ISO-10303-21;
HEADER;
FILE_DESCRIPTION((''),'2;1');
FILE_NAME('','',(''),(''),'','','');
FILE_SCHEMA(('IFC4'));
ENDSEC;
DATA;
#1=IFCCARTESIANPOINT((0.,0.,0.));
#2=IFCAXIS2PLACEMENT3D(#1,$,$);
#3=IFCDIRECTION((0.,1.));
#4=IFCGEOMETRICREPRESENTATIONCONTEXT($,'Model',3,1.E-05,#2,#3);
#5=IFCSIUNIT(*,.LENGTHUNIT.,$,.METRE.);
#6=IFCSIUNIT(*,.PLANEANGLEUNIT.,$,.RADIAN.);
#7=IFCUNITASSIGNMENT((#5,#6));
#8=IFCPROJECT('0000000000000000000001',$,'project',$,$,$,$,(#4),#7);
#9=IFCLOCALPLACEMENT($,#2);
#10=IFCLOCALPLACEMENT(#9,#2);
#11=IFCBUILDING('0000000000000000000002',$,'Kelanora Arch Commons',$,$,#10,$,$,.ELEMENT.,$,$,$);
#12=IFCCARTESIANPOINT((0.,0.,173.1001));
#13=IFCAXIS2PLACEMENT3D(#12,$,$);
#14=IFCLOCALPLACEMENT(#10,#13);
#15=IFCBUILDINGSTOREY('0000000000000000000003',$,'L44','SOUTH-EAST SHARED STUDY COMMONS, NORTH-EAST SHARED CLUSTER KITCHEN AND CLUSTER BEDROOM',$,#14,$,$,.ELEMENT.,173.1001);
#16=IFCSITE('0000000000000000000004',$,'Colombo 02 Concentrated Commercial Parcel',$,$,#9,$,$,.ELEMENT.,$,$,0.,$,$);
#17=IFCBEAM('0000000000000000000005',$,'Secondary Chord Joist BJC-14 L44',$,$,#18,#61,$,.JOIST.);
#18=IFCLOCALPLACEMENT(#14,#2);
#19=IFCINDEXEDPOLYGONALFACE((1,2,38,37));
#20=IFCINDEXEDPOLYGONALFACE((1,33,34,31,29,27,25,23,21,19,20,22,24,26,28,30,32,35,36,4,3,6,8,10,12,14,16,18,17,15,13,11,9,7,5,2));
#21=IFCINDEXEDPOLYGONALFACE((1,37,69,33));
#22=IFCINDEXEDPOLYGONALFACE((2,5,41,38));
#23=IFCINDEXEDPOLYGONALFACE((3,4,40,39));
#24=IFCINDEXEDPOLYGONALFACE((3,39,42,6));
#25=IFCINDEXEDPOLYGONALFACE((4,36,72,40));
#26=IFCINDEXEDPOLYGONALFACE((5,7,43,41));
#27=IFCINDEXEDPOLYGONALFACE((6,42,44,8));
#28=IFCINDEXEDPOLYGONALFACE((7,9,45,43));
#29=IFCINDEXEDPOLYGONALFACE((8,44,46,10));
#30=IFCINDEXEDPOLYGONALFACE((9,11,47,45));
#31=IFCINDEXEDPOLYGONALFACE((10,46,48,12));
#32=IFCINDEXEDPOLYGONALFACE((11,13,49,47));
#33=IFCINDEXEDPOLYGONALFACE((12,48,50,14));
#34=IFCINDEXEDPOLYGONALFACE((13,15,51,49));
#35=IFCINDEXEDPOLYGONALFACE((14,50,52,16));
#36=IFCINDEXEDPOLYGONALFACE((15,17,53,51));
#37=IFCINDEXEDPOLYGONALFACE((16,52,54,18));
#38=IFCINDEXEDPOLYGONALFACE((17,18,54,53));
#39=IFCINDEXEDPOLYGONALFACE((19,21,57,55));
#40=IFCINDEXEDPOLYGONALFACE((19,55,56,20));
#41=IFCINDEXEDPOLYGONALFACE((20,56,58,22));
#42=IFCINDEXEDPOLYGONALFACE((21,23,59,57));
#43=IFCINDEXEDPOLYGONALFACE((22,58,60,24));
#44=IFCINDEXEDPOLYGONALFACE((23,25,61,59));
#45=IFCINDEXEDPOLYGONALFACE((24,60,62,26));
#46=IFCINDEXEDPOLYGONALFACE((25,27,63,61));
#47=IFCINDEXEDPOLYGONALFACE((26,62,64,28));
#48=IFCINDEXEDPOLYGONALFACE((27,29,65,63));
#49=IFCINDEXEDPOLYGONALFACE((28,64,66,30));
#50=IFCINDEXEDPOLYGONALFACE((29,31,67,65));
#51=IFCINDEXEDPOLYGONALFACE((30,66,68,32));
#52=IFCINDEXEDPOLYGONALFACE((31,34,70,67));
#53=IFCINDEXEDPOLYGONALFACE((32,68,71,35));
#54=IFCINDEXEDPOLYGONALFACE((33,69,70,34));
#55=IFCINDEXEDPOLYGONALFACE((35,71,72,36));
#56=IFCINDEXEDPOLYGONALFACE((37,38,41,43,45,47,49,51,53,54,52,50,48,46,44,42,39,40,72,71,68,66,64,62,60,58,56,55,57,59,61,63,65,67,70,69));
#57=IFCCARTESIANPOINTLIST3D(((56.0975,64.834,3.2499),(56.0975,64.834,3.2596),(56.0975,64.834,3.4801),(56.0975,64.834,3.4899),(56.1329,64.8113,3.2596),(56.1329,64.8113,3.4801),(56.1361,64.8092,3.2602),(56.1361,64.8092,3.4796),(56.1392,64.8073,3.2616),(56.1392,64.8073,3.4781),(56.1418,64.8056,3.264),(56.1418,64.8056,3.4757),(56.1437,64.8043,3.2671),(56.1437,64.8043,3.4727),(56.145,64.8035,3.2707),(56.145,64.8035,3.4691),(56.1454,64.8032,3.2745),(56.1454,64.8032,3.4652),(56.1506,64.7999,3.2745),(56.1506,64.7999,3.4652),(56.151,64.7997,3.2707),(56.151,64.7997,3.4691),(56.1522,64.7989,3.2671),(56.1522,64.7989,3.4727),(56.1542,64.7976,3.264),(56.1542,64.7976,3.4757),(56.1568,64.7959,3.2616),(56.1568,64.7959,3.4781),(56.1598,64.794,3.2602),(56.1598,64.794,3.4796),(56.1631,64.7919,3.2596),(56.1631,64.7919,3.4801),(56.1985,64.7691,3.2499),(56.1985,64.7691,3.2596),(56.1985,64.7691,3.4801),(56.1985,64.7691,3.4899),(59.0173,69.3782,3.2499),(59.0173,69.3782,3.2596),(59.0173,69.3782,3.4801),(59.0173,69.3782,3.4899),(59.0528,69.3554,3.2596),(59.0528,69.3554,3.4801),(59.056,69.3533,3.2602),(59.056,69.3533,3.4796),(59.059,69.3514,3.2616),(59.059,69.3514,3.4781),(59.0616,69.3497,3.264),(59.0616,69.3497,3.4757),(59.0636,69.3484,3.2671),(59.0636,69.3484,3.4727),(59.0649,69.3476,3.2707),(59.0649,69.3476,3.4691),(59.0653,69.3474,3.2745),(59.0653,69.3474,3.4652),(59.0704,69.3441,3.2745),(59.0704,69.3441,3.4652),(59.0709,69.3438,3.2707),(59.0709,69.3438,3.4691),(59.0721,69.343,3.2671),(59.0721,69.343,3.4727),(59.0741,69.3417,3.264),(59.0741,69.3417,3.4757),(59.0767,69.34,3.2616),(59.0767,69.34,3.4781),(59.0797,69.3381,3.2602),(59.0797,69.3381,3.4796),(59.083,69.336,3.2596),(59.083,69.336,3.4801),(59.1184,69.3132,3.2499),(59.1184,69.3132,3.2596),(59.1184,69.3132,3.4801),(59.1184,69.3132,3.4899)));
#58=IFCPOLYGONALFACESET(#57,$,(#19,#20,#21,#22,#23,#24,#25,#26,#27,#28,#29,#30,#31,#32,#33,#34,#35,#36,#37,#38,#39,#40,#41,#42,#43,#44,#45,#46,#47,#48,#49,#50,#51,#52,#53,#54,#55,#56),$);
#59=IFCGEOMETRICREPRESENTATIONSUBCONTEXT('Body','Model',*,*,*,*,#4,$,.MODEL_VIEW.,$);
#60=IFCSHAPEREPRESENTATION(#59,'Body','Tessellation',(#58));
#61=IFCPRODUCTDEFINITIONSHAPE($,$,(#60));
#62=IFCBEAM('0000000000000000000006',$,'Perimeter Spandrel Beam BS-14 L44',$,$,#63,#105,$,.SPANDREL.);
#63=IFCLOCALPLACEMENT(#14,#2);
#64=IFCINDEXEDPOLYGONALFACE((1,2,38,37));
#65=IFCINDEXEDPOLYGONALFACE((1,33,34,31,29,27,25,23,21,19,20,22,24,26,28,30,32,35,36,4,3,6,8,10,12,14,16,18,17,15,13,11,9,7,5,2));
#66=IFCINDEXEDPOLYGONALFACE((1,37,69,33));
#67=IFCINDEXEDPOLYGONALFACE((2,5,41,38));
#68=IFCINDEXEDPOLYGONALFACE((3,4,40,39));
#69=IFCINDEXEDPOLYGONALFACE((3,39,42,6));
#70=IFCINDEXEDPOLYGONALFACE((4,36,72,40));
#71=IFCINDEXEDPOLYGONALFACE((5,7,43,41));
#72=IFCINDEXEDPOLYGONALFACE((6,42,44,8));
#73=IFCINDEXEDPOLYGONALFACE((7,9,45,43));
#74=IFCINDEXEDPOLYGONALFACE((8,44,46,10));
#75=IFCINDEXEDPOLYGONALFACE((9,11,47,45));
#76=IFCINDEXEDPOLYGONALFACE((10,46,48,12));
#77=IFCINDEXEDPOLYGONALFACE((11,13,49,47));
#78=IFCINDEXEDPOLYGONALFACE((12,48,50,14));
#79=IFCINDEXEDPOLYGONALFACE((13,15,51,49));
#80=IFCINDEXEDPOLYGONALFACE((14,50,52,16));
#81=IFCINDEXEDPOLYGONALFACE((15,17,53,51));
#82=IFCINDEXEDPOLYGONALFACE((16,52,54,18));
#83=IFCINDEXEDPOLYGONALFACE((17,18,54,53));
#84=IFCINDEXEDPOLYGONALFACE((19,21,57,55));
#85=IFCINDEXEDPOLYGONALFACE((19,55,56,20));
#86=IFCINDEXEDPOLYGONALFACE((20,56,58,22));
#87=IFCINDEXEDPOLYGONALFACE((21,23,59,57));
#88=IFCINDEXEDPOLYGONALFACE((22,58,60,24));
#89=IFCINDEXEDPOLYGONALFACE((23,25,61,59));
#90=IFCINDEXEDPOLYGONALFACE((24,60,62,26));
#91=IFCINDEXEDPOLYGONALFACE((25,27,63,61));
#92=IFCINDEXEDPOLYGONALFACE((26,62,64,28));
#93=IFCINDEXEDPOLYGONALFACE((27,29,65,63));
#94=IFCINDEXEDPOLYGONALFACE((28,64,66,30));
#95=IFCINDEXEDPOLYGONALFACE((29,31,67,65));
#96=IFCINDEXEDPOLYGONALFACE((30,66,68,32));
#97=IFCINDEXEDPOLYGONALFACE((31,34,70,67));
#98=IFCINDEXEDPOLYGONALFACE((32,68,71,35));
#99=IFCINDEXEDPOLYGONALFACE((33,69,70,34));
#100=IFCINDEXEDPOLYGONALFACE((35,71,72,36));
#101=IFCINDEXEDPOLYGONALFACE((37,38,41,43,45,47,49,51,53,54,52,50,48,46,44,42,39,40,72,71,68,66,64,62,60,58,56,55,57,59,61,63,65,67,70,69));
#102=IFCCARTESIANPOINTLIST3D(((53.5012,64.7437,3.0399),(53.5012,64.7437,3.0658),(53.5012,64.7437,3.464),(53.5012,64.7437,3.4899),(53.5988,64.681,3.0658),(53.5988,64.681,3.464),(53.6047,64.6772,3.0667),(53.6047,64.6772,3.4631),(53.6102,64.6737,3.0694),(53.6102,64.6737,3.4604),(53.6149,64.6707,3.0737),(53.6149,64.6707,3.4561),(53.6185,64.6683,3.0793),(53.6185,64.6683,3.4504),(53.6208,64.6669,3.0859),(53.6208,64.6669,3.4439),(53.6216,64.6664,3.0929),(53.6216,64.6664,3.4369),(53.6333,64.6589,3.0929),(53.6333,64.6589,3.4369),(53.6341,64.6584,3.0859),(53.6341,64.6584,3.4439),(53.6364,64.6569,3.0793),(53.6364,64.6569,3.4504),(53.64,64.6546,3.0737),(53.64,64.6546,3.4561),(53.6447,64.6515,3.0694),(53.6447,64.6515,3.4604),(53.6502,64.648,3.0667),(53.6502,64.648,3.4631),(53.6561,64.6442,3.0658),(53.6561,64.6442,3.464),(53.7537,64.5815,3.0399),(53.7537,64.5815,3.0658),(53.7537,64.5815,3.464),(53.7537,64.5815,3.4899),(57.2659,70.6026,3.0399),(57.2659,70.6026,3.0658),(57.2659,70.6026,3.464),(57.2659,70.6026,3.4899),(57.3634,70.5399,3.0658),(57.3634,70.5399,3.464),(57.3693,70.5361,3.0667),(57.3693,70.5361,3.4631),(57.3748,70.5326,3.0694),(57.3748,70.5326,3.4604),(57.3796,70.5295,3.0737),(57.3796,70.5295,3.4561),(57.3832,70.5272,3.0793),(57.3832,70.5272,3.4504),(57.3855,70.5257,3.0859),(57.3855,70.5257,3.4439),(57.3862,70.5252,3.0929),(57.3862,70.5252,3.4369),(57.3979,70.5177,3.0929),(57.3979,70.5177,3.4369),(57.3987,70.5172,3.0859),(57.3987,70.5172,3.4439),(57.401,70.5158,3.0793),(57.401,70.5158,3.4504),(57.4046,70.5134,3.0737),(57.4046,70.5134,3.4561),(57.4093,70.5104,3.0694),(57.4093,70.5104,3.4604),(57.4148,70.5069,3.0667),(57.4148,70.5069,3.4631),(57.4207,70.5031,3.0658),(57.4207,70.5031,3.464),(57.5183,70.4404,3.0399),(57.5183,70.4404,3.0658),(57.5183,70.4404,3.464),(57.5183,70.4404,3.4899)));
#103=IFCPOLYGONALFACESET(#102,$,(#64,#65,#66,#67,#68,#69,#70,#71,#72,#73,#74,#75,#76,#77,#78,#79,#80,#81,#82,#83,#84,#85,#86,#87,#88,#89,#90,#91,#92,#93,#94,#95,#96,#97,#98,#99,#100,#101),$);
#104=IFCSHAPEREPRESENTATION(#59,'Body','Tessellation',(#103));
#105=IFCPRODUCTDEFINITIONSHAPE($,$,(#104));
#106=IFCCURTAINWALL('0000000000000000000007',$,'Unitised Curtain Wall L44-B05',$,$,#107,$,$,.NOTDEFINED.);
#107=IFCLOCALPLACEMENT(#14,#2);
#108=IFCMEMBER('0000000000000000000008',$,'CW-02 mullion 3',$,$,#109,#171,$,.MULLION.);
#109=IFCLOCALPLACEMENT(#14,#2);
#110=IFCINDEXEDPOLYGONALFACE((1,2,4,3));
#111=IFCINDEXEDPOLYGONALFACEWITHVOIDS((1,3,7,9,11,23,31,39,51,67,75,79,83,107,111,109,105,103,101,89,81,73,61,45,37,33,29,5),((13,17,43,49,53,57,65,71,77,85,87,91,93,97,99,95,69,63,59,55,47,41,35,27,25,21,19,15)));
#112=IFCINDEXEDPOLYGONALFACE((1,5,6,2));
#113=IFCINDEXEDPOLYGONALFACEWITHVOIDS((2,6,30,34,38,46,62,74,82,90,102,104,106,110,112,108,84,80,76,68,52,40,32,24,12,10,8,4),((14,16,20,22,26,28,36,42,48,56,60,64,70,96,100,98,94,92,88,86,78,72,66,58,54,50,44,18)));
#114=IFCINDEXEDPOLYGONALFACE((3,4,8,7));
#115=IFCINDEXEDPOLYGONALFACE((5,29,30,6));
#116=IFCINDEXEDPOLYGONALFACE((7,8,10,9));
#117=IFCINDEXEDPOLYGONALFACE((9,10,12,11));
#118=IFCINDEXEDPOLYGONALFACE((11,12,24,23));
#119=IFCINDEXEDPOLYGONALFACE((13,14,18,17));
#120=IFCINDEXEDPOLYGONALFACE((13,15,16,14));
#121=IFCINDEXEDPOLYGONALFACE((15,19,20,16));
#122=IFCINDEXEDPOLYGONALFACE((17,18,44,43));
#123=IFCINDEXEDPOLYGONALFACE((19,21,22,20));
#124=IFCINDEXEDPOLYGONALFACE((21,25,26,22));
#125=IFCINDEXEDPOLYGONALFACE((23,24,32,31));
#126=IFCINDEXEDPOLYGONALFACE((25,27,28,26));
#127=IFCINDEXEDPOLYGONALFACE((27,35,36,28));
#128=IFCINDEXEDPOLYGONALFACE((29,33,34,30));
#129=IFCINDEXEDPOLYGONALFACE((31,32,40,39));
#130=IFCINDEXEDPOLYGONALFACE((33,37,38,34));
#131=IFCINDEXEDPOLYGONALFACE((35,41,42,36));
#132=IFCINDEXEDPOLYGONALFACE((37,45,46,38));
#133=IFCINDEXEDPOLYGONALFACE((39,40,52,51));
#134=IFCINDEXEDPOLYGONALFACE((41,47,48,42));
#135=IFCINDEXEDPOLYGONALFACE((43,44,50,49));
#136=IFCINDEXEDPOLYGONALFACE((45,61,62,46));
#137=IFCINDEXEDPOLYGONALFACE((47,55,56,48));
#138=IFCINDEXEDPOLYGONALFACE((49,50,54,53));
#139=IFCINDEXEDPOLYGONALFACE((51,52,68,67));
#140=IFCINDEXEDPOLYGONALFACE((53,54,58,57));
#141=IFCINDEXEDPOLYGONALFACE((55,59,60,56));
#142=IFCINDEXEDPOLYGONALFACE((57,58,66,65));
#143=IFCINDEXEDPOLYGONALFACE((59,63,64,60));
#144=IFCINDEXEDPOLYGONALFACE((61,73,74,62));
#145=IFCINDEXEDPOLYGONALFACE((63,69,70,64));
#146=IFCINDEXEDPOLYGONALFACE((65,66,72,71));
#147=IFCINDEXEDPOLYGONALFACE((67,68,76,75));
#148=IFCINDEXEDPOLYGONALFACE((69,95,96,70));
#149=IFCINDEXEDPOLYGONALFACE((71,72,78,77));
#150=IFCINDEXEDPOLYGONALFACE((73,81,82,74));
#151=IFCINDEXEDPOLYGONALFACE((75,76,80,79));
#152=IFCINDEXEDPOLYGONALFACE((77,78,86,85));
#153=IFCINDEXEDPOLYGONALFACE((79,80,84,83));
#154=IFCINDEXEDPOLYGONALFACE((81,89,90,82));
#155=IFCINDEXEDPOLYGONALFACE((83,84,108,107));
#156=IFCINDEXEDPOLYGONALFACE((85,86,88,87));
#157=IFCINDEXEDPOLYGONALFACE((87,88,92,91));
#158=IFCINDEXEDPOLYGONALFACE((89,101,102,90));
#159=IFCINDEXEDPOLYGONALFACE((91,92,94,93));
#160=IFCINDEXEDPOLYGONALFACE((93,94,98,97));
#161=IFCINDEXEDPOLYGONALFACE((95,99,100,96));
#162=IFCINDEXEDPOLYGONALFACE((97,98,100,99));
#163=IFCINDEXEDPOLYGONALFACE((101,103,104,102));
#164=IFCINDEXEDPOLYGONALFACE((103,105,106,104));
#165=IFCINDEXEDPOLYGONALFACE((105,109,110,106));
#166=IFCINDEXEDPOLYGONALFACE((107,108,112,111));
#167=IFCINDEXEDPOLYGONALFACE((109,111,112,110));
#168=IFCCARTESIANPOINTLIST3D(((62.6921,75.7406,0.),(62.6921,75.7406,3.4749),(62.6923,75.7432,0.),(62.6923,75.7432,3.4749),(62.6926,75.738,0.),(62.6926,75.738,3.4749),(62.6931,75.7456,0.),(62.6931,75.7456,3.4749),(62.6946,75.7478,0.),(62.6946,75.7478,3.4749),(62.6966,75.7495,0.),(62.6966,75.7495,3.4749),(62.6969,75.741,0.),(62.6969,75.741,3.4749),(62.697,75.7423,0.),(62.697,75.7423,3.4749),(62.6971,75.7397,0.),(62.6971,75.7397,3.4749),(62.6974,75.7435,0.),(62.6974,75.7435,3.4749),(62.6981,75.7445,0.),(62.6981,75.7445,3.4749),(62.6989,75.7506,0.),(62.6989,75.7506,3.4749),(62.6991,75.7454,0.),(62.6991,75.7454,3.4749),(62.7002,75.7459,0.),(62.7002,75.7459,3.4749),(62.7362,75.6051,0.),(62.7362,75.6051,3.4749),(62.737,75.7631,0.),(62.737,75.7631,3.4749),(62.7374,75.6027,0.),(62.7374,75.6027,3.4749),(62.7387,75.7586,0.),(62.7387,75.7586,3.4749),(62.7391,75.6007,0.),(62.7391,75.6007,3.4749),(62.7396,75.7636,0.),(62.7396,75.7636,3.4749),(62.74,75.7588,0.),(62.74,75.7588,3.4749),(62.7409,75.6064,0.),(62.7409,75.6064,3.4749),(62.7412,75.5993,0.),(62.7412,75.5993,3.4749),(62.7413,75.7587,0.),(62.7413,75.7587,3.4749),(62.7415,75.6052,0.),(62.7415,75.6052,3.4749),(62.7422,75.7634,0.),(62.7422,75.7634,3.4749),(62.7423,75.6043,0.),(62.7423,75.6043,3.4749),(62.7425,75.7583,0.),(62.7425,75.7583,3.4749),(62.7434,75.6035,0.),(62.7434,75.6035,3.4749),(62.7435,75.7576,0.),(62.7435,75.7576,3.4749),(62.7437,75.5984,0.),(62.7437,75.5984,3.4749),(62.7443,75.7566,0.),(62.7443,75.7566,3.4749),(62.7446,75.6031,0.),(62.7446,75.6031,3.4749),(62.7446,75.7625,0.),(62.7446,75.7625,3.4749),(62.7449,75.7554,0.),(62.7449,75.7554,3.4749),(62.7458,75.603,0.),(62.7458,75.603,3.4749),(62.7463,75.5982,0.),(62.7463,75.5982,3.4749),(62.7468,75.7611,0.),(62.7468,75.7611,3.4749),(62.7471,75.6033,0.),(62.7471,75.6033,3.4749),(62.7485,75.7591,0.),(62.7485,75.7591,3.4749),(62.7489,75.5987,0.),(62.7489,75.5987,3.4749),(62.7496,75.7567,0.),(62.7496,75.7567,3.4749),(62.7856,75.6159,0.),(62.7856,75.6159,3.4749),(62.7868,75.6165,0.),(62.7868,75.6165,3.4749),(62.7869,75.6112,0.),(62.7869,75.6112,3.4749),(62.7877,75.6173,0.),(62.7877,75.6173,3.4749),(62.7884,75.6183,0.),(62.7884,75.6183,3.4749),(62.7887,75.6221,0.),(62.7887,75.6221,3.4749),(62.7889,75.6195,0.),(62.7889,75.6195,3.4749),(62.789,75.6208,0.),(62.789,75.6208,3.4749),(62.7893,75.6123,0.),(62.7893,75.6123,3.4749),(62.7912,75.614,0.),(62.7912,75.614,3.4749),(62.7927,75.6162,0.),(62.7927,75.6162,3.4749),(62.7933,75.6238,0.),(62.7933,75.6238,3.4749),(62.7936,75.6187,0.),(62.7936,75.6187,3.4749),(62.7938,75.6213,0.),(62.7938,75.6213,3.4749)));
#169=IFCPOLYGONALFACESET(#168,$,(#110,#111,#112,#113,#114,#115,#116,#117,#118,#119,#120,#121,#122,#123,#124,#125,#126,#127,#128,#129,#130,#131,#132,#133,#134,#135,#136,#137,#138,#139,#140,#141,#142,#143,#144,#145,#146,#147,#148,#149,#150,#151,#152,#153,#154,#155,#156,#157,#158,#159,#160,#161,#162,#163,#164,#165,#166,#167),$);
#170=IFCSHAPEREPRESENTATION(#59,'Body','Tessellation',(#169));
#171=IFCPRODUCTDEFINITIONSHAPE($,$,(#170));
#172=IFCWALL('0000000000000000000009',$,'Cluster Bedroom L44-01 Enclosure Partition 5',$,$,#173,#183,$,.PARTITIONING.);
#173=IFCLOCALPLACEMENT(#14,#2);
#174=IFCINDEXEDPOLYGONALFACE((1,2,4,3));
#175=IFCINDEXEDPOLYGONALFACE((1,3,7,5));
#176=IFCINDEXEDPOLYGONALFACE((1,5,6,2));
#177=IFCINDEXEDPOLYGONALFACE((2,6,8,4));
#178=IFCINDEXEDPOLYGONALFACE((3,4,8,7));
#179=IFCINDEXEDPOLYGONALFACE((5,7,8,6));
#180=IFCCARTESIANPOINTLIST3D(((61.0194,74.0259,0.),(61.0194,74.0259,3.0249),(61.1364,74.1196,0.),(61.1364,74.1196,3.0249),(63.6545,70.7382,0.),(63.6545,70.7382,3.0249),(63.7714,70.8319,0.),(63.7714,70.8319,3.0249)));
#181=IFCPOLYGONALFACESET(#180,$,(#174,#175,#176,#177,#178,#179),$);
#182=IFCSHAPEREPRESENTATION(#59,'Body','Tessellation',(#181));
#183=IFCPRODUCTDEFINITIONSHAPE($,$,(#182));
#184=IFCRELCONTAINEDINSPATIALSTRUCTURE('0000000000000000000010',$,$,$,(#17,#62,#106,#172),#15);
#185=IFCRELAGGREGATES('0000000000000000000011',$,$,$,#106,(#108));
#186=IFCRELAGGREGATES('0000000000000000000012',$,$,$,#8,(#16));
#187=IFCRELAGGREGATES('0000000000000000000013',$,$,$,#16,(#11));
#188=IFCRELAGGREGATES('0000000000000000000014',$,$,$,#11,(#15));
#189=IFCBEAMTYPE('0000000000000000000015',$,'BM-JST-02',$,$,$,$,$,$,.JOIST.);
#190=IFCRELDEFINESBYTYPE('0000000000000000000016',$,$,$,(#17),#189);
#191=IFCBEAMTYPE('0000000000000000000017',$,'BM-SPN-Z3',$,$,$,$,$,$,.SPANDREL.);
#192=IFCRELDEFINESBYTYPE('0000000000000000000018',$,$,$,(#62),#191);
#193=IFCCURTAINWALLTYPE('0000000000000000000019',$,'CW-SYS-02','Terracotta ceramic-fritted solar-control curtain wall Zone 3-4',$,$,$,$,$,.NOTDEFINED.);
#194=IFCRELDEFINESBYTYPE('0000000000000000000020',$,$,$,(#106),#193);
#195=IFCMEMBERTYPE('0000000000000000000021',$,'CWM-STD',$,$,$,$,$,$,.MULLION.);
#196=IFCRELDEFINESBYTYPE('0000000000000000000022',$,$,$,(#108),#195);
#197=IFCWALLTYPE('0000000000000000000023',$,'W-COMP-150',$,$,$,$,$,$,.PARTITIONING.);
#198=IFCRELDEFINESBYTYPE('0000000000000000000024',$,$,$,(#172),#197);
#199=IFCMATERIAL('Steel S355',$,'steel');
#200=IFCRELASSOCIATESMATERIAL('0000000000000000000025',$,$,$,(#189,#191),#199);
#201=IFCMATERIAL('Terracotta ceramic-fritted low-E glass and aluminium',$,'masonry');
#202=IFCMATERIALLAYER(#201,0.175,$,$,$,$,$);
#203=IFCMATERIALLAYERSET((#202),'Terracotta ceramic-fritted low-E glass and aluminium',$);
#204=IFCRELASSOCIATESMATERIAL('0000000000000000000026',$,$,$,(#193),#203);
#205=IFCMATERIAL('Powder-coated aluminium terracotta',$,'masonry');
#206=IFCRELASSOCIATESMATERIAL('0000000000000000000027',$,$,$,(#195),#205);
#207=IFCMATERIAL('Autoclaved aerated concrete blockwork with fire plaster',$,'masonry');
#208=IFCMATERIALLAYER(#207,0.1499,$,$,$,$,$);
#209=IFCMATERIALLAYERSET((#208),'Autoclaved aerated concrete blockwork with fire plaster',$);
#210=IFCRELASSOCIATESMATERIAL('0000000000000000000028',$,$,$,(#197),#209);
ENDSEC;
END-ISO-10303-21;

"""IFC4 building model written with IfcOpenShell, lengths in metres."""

from ifc_helpers import new_model, si_unit, direction, frame, frame_2d, origin, origin_2d, place, context, subcontext, project, spatial, rectangle, hollow_rectangle, i_section, extrude, material, layer, layer_set, material_profile, profile_set, type_object, element, aggregate, save


model = new_model("IFC4")

# Units and contexts
model_context = context("Model", 3, precision=1e-05, world=origin(), true_north=direction((0.0, 1.0)))
body_context = subcontext(model_context, "Body", "Model", "MODEL_VIEW")
ifc_project = project(units=[si_unit("LENGTHUNIT", "METRE"), si_unit("PLANEANGLEUNIT", "RADIAN")], contexts=[model_context])

# Site, building, storey
site_placement = place(None, origin())
site = spatial("IfcSite", under=ifc_project, at=site_placement, Name="Colombo 02 Concentrated Commercial Parcel", CompositionType="ELEMENT", RefElevation=0.0)
building_placement = place(site_placement, origin())
building = spatial("IfcBuilding", under=site, at=building_placement, Name="Kelanora Arch Commons", CompositionType="ELEMENT")
storey_placement = place(building_placement, frame((0.0, 0.0, 173.1001)))
storey = spatial("IfcBuildingStorey", under=building, at=storey_placement, Name="L44", Description="SOUTH-EAST SHARED STUDY COMMONS, NORTH-EAST SHARED CLUSTER KITCHEN AND CLUSTER BEDROOM", CompositionType="ELEMENT", Elevation=173.1001)

# Beams
ifc_material_1 = material(Name="Steel S355", Category="steel")
ifc_material_profile_1 = material_profile(ifc_material_1, i_section(OverallWidth=0.1201, OverallDepth=0.24, WebThickness=0.0061, FlangeThickness=0.0098, FilletRadius=0.0149, at=origin_2d()), Name="IPE240")
ifc_profile_set_1 = profile_set([ifc_material_profile_1], Name="Steel S355")
beam_type_1 = type_object("IfcBeamType", Name="BM-JST-02", PredefinedType="JOIST", material=ifc_profile_set_1)
beam_1_placement = place(storey_placement, frame((59.0679, 69.3457, 3.3699), z_axis=(-0.540582, -0.841292, 0.0), x_axis=(0.841292, -0.540582, 0.0)))
element("IfcBeam", 1, at=beam_1_placement, inside=storey, type_object=beam_type_1, Name="Secondary Chord Joist BJC-14 L44", PredefinedType="JOIST", context=body_context, shape_type="SweptSolid", body=[
    extrude(i_section(OverallWidth=0.1201, OverallDepth=0.24, WebThickness=0.0061, FlangeThickness=0.0098, FilletRadius=0.0149, at=origin_2d()), origin(), (0.0, 0.0, 1.0), 5.4014),
])
ifc_material_profile_2 = material_profile(ifc_material_1, i_section(OverallWidth=0.3, OverallDepth=0.45, WebThickness=0.0139, FlangeThickness=0.0259, FilletRadius=0.0271, at=origin_2d()), Name="HEB450")
ifc_profile_set_2 = profile_set([ifc_material_profile_2], Name="Steel S355")
beam_type_2 = type_object("IfcBeamType", Name="BM-SPN-Z3", PredefinedType="SPANDREL", material=ifc_profile_set_2)
beam_2_placement = place(storey_placement, frame((57.3921, 70.5215, 3.2649), z_axis=(-0.540577, -0.841295, 0.0), x_axis=(0.841295, -0.540577, 0.0)))
element("IfcBeam", 2, at=beam_2_placement, inside=storey, type_object=beam_type_2, Name="Perimeter Spandrel Beam BS-14 L44", PredefinedType="SPANDREL", context=body_context, shape_type="SweptSolid", body=[
    extrude(i_section(OverallWidth=0.3, OverallDepth=0.45, WebThickness=0.0139, FlangeThickness=0.0259, FilletRadius=0.0271, at=origin_2d()), origin(), (0.0, 0.0, 1.0), 6.9641),
])

# Curtain wall, member
ifc_material_2 = material(Name="Terracotta ceramic-fritted low-E glass and aluminium", Category="masonry")
ifc_layer_1 = layer(ifc_material_2, 0.175)
ifc_layer_set_1 = layer_set([ifc_layer_1], Name="Terracotta ceramic-fritted low-E glass and aluminium")
curtain_wall_type = type_object("IfcCurtainWallType", Name="CW-SYS-02", Description="Terracotta ceramic-fritted solar-control curtain wall Zone 3-4", PredefinedType="NOTDEFINED", material=ifc_layer_set_1)
curtain_wall_placement = place(storey_placement, origin())
curtain_wall = element("IfcCurtainWall", 3, at=curtain_wall_placement, inside=storey, type_object=curtain_wall_type, Name="Unitised Curtain Wall L44-B05", PredefinedType="NOTDEFINED")
ifc_material_3 = material(Name="Powder-coated aluminium terracotta", Category="masonry")
ifc_material_profile_3 = material_profile(ifc_material_3, hollow_rectangle(XDim=0.1599, YDim=0.0601, WallThickness=0.0049, InnerFilletRadius=0.0049, OuterFilletRadius=0.01, at=origin_2d()), Name="CWM160x60")
ifc_profile_set_3 = profile_set([ifc_material_profile_3], Name="Powder-coated aluminium terracotta")
member_type = type_object("IfcMemberType", Name="CWM-STD", PredefinedType="MULLION", material=ifc_profile_set_3)
member_placement = place(storey_placement, frame((62.7429, 75.6809, 0.0), z_axis=(0.0, 0.0, 1.0), x_axis=(0.312128, -0.95004, 0.0)))
member = element("IfcMember", 4, at=member_placement, type_object=member_type, Name="CW-02 mullion 3", PredefinedType="MULLION", context=body_context, shape_type="SweptSolid", body=[
    extrude(hollow_rectangle(XDim=0.1599, YDim=0.0601, WallThickness=0.0049, InnerFilletRadius=0.0049, OuterFilletRadius=0.01, at=origin_2d()), origin(), (0.0, 0.0, 1.0), 3.4749),
])
aggregate(curtain_wall, [member])

# Wall
ifc_material_4 = material(Name="Autoclaved aerated concrete blockwork with fire plaster", Category="masonry")
ifc_layer_2 = layer(ifc_material_4, 0.1499)
ifc_layer_set_2 = layer_set([ifc_layer_2], Name="Autoclaved aerated concrete blockwork with fire plaster")
wall_type_1 = type_object("IfcWallType", Name="W-COMP-150", PredefinedType="PARTITIONING", material=ifc_layer_set_2)
wall_1_placement = place(storey_placement, frame((61.0779, 74.0728, 0.0), z_axis=(0.0, 0.0, 1.0), x_axis=(0.625409, -0.780298, 0.0)))
element("IfcWall", 5, at=wall_1_placement, inside=storey, type_object=wall_type_1, Name="Cluster Bedroom L44-01 Enclosure Partition 5", PredefinedType="PARTITIONING", context=body_context, shape_type="SweptSolid", body=[
    extrude(rectangle(XDim=4.2134, YDim=0.1499, at=frame_2d((2.1067, 0.0))), origin(), (0.0, 0.0, 1.0), 3.0249),
])

save(model, "model.ifc")
